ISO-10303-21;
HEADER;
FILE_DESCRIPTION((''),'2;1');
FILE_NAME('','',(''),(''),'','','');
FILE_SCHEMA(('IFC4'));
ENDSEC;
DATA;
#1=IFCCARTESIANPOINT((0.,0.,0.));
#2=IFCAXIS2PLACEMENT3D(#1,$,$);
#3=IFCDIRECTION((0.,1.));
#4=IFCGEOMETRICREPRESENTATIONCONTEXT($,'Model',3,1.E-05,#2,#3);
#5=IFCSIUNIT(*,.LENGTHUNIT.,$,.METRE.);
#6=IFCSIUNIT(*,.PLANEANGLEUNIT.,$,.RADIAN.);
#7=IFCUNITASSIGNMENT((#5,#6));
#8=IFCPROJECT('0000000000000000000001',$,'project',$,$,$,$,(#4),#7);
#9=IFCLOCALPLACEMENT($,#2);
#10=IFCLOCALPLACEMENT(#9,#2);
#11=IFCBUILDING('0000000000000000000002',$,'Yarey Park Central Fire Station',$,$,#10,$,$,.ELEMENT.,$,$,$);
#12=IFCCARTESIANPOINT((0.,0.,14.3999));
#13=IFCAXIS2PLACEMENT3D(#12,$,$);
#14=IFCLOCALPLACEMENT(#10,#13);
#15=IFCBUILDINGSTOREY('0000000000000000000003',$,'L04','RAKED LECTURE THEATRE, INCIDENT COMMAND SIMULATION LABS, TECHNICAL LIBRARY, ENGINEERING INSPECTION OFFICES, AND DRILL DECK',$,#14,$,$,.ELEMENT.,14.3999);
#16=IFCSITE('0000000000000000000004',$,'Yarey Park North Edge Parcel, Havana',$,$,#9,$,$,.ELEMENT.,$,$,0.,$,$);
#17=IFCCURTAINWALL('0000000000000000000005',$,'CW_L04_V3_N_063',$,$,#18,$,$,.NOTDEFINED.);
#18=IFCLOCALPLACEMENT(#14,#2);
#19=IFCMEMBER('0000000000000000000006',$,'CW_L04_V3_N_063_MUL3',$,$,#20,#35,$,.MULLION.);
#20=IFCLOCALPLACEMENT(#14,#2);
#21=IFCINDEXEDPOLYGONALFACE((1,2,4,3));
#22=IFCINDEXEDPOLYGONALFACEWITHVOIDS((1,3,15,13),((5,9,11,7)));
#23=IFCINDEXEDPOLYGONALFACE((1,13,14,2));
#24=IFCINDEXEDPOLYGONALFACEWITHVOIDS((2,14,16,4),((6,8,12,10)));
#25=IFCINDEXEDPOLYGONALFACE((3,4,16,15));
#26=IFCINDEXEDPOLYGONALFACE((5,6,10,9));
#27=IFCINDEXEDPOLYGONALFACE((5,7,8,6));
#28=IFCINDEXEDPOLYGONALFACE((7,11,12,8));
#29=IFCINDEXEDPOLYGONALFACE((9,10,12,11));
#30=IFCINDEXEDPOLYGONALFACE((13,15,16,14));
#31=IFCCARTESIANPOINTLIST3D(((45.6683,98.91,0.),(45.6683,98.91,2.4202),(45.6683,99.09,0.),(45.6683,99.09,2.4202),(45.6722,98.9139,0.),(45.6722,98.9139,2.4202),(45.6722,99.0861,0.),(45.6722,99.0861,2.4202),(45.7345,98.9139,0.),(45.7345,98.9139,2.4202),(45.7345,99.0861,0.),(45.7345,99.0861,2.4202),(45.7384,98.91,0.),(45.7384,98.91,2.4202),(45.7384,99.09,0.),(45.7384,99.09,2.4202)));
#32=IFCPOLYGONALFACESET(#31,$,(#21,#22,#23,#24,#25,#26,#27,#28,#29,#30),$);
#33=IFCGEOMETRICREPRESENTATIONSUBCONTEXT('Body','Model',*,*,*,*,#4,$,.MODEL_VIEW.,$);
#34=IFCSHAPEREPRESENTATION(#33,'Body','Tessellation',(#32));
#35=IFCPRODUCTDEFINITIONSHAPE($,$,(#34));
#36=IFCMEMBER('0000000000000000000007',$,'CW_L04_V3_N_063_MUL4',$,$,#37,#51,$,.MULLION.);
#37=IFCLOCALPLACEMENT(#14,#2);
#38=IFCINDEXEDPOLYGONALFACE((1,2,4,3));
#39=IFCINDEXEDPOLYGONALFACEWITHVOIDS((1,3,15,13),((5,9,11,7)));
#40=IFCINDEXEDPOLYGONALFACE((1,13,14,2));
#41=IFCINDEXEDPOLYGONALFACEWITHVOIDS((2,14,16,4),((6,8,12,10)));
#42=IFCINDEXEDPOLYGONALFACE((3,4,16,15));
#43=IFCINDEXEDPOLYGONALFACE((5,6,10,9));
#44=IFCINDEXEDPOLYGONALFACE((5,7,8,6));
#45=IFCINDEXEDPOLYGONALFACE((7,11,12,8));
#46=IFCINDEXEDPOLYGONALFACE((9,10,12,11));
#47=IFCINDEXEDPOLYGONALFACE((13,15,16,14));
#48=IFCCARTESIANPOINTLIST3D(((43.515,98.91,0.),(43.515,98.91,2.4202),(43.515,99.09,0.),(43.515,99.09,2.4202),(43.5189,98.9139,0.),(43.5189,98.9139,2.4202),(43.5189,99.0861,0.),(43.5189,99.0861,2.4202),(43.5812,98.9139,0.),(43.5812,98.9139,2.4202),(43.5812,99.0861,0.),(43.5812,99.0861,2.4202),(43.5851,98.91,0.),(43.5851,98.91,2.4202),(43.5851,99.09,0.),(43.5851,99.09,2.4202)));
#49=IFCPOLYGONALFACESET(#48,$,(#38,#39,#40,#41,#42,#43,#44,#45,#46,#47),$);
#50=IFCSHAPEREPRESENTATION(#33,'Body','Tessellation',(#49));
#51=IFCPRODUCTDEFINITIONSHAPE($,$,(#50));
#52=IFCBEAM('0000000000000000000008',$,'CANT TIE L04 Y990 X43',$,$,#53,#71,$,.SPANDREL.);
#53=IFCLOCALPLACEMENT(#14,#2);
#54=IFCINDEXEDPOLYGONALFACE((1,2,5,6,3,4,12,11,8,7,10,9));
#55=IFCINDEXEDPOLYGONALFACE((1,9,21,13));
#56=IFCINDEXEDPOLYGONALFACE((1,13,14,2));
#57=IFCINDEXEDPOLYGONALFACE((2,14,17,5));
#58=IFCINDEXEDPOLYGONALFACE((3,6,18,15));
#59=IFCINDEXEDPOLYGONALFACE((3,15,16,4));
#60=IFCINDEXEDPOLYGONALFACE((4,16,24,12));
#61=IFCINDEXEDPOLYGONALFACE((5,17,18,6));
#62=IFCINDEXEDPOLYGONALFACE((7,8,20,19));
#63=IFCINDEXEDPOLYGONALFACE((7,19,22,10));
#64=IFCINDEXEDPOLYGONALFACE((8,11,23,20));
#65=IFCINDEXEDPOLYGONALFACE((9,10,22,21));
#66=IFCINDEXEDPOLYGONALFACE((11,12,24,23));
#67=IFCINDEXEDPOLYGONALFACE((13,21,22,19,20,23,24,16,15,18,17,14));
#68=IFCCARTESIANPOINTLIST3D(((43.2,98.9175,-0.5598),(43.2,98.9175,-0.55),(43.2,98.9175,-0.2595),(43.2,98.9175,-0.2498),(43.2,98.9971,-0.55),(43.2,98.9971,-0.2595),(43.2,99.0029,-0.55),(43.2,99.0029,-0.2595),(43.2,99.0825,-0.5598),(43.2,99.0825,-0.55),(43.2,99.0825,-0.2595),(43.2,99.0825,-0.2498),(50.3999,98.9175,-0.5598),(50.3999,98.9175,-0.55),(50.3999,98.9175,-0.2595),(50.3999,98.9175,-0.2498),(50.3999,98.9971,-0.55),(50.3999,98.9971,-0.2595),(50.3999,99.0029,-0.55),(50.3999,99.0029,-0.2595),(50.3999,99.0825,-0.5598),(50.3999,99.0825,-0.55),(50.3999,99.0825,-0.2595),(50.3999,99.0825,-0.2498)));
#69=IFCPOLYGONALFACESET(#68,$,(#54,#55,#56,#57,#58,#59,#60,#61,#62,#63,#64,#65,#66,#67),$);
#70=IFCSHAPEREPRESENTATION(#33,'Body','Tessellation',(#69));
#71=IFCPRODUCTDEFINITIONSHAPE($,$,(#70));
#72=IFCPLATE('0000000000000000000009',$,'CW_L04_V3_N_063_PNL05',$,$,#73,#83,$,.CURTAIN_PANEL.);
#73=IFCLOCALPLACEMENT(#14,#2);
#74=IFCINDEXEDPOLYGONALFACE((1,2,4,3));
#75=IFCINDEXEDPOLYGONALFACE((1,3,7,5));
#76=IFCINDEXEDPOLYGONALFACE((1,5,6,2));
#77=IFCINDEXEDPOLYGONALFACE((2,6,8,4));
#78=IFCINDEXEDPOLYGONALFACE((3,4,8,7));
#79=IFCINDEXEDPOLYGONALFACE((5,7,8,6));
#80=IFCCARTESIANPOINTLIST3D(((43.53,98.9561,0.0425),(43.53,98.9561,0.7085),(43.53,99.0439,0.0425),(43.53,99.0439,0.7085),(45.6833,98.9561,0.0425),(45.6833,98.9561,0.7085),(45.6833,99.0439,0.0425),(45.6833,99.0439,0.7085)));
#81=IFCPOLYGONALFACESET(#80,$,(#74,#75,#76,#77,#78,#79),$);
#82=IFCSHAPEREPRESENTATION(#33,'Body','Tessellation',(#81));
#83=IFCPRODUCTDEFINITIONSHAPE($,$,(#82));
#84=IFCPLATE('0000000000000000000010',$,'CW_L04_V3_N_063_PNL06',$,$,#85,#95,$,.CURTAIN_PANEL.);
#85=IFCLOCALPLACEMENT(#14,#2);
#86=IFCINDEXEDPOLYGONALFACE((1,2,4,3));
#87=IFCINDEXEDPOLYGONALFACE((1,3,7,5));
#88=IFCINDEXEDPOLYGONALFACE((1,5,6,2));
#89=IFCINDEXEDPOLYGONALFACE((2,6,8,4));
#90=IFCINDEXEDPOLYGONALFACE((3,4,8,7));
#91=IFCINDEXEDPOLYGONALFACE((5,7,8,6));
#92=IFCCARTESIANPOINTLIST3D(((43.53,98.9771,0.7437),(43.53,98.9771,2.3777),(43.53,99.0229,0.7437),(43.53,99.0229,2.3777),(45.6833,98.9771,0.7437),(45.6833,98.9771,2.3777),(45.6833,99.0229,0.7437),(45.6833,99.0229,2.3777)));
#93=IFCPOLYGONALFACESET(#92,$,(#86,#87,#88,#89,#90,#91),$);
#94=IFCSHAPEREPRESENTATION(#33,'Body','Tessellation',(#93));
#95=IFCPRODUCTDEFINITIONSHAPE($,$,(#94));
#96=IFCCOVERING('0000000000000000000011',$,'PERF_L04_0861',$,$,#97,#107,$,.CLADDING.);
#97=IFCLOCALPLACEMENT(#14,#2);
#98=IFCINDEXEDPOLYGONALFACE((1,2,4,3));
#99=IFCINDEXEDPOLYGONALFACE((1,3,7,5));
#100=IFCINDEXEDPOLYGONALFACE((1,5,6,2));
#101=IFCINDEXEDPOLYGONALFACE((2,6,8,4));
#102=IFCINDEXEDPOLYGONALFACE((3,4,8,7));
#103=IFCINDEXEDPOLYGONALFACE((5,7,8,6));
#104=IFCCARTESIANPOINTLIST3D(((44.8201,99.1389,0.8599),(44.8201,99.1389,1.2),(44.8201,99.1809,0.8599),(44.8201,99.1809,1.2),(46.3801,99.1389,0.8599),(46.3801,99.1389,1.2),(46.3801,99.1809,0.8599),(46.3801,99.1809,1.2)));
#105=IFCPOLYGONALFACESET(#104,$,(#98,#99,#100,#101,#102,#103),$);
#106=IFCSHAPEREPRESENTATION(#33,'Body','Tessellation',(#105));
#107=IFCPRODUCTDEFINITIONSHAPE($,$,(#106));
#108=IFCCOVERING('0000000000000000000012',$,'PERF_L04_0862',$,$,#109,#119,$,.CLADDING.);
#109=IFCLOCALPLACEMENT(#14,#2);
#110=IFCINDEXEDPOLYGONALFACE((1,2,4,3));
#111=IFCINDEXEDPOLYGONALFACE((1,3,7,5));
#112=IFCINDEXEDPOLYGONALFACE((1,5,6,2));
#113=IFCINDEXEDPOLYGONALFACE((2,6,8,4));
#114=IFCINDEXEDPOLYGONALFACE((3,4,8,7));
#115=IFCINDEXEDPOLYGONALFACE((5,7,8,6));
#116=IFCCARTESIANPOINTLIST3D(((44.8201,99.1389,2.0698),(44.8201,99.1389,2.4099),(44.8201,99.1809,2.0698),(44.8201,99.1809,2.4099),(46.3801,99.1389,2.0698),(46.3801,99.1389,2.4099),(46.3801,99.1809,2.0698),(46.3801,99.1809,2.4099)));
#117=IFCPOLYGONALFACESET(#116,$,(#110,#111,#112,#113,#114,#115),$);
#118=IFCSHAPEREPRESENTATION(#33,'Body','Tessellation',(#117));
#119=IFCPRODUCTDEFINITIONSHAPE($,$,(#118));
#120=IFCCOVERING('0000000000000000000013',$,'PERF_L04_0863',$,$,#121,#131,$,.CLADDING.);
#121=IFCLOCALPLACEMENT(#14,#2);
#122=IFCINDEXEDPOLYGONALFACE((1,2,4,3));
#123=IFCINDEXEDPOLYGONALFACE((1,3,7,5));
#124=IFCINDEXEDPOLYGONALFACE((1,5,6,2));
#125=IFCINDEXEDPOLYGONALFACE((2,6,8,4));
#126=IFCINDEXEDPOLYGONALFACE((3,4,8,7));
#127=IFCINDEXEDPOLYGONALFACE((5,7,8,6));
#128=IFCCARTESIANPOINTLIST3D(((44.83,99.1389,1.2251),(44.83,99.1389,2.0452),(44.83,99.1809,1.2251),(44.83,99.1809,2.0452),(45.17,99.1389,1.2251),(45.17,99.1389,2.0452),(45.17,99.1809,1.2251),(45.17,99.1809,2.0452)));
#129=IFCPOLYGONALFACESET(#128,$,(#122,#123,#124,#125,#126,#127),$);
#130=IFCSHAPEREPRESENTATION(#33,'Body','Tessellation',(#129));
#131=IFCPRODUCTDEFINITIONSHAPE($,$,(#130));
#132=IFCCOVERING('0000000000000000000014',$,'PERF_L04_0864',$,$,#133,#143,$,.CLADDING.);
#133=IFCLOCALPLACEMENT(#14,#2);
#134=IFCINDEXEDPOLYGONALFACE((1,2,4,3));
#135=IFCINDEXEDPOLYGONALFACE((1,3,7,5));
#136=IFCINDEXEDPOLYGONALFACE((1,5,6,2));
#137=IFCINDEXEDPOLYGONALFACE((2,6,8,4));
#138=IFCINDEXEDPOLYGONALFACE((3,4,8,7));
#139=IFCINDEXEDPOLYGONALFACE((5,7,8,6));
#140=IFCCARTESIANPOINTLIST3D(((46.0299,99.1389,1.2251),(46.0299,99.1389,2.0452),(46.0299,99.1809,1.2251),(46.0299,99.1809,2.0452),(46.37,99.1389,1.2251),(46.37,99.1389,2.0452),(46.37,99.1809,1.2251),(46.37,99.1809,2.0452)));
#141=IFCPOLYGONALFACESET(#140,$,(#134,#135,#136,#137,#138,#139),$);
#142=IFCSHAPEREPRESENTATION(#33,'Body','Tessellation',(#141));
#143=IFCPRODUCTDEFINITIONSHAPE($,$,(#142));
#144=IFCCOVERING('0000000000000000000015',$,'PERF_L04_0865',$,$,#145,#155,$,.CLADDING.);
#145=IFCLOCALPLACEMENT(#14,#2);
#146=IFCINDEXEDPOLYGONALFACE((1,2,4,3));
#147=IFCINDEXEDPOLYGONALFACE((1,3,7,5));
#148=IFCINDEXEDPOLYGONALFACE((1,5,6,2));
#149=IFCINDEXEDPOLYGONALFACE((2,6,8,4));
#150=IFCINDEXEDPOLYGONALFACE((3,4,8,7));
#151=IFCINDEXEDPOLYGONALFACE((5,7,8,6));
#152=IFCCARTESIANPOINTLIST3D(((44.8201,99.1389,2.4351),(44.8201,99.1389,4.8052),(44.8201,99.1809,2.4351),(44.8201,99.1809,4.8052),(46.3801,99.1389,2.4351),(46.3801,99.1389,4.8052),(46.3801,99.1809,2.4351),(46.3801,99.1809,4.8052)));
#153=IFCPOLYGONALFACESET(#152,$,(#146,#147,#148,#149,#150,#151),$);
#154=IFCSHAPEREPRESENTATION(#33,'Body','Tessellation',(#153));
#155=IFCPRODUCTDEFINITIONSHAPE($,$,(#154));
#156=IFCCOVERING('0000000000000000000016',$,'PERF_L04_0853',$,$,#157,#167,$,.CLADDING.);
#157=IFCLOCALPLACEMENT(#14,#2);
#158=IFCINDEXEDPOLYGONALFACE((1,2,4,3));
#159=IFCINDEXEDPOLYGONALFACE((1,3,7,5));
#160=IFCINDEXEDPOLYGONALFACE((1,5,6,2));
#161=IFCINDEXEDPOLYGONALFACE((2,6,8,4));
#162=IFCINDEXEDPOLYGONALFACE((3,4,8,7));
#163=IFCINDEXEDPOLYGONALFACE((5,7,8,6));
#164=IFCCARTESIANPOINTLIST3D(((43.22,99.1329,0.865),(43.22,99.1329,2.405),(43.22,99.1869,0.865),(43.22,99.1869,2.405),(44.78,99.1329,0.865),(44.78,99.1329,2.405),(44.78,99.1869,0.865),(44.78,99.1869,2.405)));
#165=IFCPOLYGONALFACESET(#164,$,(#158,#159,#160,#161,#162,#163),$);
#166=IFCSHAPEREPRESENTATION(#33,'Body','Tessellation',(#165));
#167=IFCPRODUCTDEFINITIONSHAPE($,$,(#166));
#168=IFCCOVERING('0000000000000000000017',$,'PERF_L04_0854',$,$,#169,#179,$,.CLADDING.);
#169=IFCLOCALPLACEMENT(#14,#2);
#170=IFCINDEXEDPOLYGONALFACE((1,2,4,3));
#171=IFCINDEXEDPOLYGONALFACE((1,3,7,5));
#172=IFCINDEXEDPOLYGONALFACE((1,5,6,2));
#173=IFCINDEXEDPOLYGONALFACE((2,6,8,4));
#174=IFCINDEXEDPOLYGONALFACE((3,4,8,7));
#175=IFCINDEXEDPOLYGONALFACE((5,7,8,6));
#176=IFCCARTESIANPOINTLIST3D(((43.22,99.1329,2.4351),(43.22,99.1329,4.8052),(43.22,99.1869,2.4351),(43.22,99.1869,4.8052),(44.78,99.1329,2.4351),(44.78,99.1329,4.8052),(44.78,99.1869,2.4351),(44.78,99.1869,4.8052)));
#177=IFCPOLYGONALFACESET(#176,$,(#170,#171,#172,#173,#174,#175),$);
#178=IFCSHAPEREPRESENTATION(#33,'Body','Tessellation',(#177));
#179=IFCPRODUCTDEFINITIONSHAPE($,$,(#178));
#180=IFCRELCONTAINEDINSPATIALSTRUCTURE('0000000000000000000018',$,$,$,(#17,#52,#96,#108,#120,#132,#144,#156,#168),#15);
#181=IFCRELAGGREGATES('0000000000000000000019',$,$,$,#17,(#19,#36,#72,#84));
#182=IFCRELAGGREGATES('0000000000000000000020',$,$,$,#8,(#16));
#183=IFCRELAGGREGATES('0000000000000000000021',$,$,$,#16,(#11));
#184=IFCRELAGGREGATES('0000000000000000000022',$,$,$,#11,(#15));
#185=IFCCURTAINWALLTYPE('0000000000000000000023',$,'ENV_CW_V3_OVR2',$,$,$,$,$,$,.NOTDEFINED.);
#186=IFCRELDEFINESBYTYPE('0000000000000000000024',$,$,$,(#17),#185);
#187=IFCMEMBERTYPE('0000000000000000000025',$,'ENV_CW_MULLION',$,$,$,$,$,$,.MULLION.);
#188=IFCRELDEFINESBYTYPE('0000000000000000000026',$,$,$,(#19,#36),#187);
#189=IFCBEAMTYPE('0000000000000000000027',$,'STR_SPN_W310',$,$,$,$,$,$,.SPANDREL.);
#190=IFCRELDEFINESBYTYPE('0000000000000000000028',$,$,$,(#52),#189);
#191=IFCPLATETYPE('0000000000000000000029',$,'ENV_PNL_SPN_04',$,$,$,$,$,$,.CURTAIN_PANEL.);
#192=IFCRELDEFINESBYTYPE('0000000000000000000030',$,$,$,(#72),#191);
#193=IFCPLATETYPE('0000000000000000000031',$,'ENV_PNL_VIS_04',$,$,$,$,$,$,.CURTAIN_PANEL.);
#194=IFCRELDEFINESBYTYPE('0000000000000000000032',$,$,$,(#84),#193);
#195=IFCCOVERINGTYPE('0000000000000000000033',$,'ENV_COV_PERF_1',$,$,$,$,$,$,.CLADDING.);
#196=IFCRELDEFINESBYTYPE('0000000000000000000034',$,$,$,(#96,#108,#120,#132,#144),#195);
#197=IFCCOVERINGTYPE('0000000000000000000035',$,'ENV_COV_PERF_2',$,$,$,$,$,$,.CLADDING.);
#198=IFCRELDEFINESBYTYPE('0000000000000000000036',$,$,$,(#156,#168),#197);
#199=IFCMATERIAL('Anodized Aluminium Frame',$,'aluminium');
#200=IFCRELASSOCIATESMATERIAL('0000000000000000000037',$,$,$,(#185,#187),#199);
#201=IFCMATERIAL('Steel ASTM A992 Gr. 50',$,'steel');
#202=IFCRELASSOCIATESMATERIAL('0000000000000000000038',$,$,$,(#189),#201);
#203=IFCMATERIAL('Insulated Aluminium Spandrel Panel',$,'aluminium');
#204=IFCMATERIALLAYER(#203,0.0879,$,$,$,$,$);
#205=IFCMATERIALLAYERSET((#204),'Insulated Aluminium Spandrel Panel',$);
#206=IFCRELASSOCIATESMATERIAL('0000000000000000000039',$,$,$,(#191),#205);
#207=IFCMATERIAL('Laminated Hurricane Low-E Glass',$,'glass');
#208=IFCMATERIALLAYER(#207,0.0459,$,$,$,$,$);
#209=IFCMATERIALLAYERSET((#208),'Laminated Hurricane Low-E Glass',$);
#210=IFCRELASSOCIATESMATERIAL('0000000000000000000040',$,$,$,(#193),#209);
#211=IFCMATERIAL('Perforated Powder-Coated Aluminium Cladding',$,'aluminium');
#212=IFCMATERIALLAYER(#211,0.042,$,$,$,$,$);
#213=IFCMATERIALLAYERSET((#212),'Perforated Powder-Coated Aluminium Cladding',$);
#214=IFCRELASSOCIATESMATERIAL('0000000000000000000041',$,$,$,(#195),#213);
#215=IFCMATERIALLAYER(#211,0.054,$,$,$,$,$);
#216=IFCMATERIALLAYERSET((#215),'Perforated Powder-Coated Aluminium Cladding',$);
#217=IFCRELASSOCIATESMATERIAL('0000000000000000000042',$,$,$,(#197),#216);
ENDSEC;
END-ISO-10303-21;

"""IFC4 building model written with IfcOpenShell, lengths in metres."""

from ifc_helpers import new_model, si_unit, direction, frame, origin, origin_2d, place, context, subcontext, project, spatial, rectangle, hollow_rectangle, i_section, extrude, material, layer, layer_set, material_profile, profile_set, type_object, element, aggregate, save


model = new_model("IFC4")

# Units and contexts
model_context = context("Model", 3, precision=1e-05, world=origin(), true_north=direction((0.0, 1.0)))
body_context = subcontext(model_context, "Body", "Model", "MODEL_VIEW")
ifc_project = project(units=[si_unit("LENGTHUNIT", "METRE"), si_unit("PLANEANGLEUNIT", "RADIAN")], contexts=[model_context])

# Site, building, storey
site_placement = place(None, origin())
site = spatial("IfcSite", under=ifc_project, at=site_placement, Name="Yarey Park North Edge Parcel, Havana", CompositionType="ELEMENT", RefElevation=0.0)
building_placement = place(site_placement, origin())
building = spatial("IfcBuilding", under=site, at=building_placement, Name="Yarey Park Central Fire Station", CompositionType="ELEMENT")
storey_placement = place(building_placement, frame((0.0, 0.0, 14.3999)))
storey = spatial("IfcBuildingStorey", under=building, at=storey_placement, Name="L04", Description="RAKED LECTURE THEATRE, INCIDENT COMMAND SIMULATION LABS, TECHNICAL LIBRARY, ENGINEERING INSPECTION OFFICES, AND DRILL DECK", CompositionType="ELEMENT", Elevation=14.3999)

# Curtain wall, members
ifc_material_1 = material(Name="Anodized Aluminium Frame", Category="aluminium")
curtain_wall_type = type_object("IfcCurtainWallType", Name="ENV_CW_V3_OVR2", PredefinedType="NOTDEFINED", material=ifc_material_1)
curtain_wall_placement = place(storey_placement, origin())
curtain_wall = element("IfcCurtainWall", 1, at=curtain_wall_placement, inside=storey, type_object=curtain_wall_type, Name="CW_L04_V3_N_063", PredefinedType="NOTDEFINED")
ifc_material_profile_1 = material_profile(ifc_material_1, hollow_rectangle(XDim=0.0701, YDim=0.1799, WallThickness=0.0039, at=origin_2d()), Name="ALU 180x70x4")
ifc_profile_set_1 = profile_set([ifc_material_profile_1], Name="Anodized Aluminium Frame")
member_type = type_object("IfcMemberType", Name="ENV_CW_MULLION", PredefinedType="MULLION", material=ifc_profile_set_1)
member_1_placement = place(storey_placement, frame((45.7034, 99.0, 0.0), z_axis=(0.0, 0.0, 1.0), x_axis=(1.0, 0.0, 0.0)))
member_1 = element("IfcMember", 2, at=member_1_placement, type_object=member_type, Name="CW_L04_V3_N_063_MUL3", PredefinedType="MULLION", context=body_context, shape_type="SweptSolid", body=[
    extrude(hollow_rectangle(XDim=0.0701, YDim=0.1799, WallThickness=0.0039, at=origin_2d()), origin(), (0.0, 0.0, 1.0), 2.4202),
])
member_2_placement = place(storey_placement, frame((43.55, 99.0, 0.0), z_axis=(0.0, 0.0, 1.0), x_axis=(1.0, 0.0, 0.0)))
member_2 = element("IfcMember", 3, at=member_2_placement, type_object=member_type, Name="CW_L04_V3_N_063_MUL4", PredefinedType="MULLION", context=body_context, shape_type="SweptSolid", body=[
    extrude(hollow_rectangle(XDim=0.0701, YDim=0.1799, WallThickness=0.0039, at=origin_2d()), origin(), (0.0, 0.0, 1.0), 2.4202),
])

# Beam
ifc_material_2 = material(Name="Steel ASTM A992 Gr. 50", Category="steel")
ifc_material_profile_2 = material_profile(ifc_material_2, i_section(OverallWidth=0.165, OverallDepth=0.3101, WebThickness=0.0059, FlangeThickness=0.0098, at=origin_2d()), Name="W310x39")
ifc_profile_set_2 = profile_set([ifc_material_profile_2], Name="Steel ASTM A992 Gr. 50")
beam_type = type_object("IfcBeamType", Name="STR_SPN_W310", PredefinedType="SPANDREL", material=ifc_profile_set_2)
beam_placement = place(storey_placement, frame((43.2, 99.0, -0.4048), z_axis=(1.0, 0.0, 0.0), x_axis=(0.0, 1.0, 0.0)))
element("IfcBeam", 4, at=beam_placement, inside=storey, type_object=beam_type, Name="CANT TIE L04 Y990 X43", PredefinedType="SPANDREL", context=body_context, shape_type="SweptSolid", body=[
    extrude(i_section(OverallWidth=0.165, OverallDepth=0.3101, WebThickness=0.0059, FlangeThickness=0.0098, at=origin_2d()), origin(), (0.0, 0.0, 1.0), 7.2),
])

# Plates
ifc_material_3 = material(Name="Insulated Aluminium Spandrel Panel", Category="aluminium")
ifc_layer_1 = layer(ifc_material_3, 0.0879)
ifc_layer_set_1 = layer_set([ifc_layer_1], Name="Insulated Aluminium Spandrel Panel")
plate_type_1 = type_object("IfcPlateType", Name="ENV_PNL_SPN_04", PredefinedType="CURTAIN_PANEL", material=ifc_layer_set_1)
plate_1_placement = place(storey_placement, frame((44.6067, 99.0, 0.0425), z_axis=(0.0, 0.0, 1.0), x_axis=(-1.0, 0.0, 0.0)))
plate_1 = element("IfcPlate", 5, at=plate_1_placement, type_object=plate_type_1, Name="CW_L04_V3_N_063_PNL05", PredefinedType="CURTAIN_PANEL", context=body_context, shape_type="SweptSolid", body=[
    extrude(rectangle(XDim=2.1533, YDim=0.0879, at=origin_2d()), origin(), (0.0, 0.0, 1.0), 0.666),
])
ifc_material_4 = material(Name="Laminated Hurricane Low-E Glass", Category="glass")
ifc_layer_2 = layer(ifc_material_4, 0.0459)
ifc_layer_set_2 = layer_set([ifc_layer_2], Name="Laminated Hurricane Low-E Glass")
plate_type_2 = type_object("IfcPlateType", Name="ENV_PNL_VIS_04", PredefinedType="CURTAIN_PANEL", material=ifc_layer_set_2)
plate_2_placement = place(storey_placement, frame((44.6067, 99.0, 0.7437), z_axis=(0.0, 0.0, 1.0), x_axis=(-1.0, 0.0, 0.0)))
plate_2 = element("IfcPlate", 6, at=plate_2_placement, type_object=plate_type_2, Name="CW_L04_V3_N_063_PNL06", PredefinedType="CURTAIN_PANEL", context=body_context, shape_type="SweptSolid", body=[
    extrude(rectangle(XDim=2.1533, YDim=0.0459, at=origin_2d()), origin(), (0.0, 0.0, 1.0), 1.634),
])
aggregate(curtain_wall, [member_1, member_2, plate_1, plate_2])

# Coverings
ifc_material_5 = material(Name="Perforated Powder-Coated Aluminium Cladding", Category="aluminium")
ifc_layer_3 = layer(ifc_material_5, 0.042)
ifc_layer_set_3 = layer_set([ifc_layer_3], Name="Perforated Powder-Coated Aluminium Cladding")
covering_type_1 = type_object("IfcCoveringType", Name="ENV_COV_PERF_1", PredefinedType="CLADDING", material=ifc_layer_set_3)
for number, where, z_axis, x_axis, name in (
    (7, (45.6001, 99.1599, 0.8599), (0.0, 0.0, 1.0), (1.0, 0.0, 0.0), "PERF_L04_0861"),
    (8, (45.6001, 99.1599, 2.0698), (0.0, 0.0, 1.0), (1.0, 0.0, 0.0), "PERF_L04_0862"),
):
    element("IfcCovering", number, at=place(storey_placement, frame(where, z_axis=z_axis, x_axis=x_axis)), inside=storey, type_object=covering_type_1, Name=name, PredefinedType="CLADDING", context=body_context, shape_type="SweptSolid", body=[
        extrude(rectangle(XDim=1.5601, YDim=0.042, at=origin_2d()), origin(), (0.0, 0.0, 1.0), 0.3401),
    ])
for number, where, z_axis, x_axis, name in (
    (9, (45.0, 99.1599, 1.2251), (0.0, 0.0, 1.0), (1.0, 0.0, 0.0), "PERF_L04_0863"),
    (10, (46.2, 99.1599, 1.2251), (0.0, 0.0, 1.0), (1.0, 0.0, 0.0), "PERF_L04_0864"),
):
    element("IfcCovering", number, at=place(storey_placement, frame(where, z_axis=z_axis, x_axis=x_axis)), inside=storey, type_object=covering_type_1, Name=name, PredefinedType="CLADDING", context=body_context, shape_type="SweptSolid", body=[
        extrude(rectangle(XDim=0.3401, YDim=0.042, at=origin_2d()), origin(), (0.0, 0.0, 1.0), 0.8201),
    ])
covering_1_placement = place(storey_placement, frame((45.6001, 99.1599, 2.4351), z_axis=(0.0, 0.0, 1.0), x_axis=(1.0, 0.0, 0.0)))
element("IfcCovering", 11, at=covering_1_placement, inside=storey, type_object=covering_type_1, Name="PERF_L04_0865", PredefinedType="CLADDING", context=body_context, shape_type="SweptSolid", body=[
    extrude(rectangle(XDim=1.5601, YDim=0.042, at=origin_2d()), origin(), (0.0, 0.0, 1.0), 2.3701),
])
ifc_layer_4 = layer(ifc_material_5, 0.054)
ifc_layer_set_4 = layer_set([ifc_layer_4], Name="Perforated Powder-Coated Aluminium Cladding")
covering_type_2 = type_object("IfcCoveringType", Name="ENV_COV_PERF_2", PredefinedType="CLADDING", material=ifc_layer_set_4)
covering_2_placement = place(storey_placement, frame((44.0, 99.1599, 0.865), z_axis=(0.0, 0.0, 1.0), x_axis=(1.0, 0.0, 0.0)))
element("IfcCovering", 12, at=covering_2_placement, inside=storey, type_object=covering_type_2, Name="PERF_L04_0853", PredefinedType="CLADDING", context=body_context, shape_type="SweptSolid", body=[
    extrude(rectangle(XDim=1.5601, YDim=0.054, at=origin_2d()), origin(), (0.0, 0.0, 1.0), 1.54),
])
covering_3_placement = place(storey_placement, frame((44.0, 99.1599, 2.4351), z_axis=(0.0, 0.0, 1.0), x_axis=(1.0, 0.0, 0.0)))
element("IfcCovering", 13, at=covering_3_placement, inside=storey, type_object=covering_type_2, Name="PERF_L04_0854", PredefinedType="CLADDING", context=body_context, shape_type="SweptSolid", body=[
    extrude(rectangle(XDim=1.5601, YDim=0.054, at=origin_2d()), origin(), (0.0, 0.0, 1.0), 2.3701),
])

save(model, "model.ifc")
